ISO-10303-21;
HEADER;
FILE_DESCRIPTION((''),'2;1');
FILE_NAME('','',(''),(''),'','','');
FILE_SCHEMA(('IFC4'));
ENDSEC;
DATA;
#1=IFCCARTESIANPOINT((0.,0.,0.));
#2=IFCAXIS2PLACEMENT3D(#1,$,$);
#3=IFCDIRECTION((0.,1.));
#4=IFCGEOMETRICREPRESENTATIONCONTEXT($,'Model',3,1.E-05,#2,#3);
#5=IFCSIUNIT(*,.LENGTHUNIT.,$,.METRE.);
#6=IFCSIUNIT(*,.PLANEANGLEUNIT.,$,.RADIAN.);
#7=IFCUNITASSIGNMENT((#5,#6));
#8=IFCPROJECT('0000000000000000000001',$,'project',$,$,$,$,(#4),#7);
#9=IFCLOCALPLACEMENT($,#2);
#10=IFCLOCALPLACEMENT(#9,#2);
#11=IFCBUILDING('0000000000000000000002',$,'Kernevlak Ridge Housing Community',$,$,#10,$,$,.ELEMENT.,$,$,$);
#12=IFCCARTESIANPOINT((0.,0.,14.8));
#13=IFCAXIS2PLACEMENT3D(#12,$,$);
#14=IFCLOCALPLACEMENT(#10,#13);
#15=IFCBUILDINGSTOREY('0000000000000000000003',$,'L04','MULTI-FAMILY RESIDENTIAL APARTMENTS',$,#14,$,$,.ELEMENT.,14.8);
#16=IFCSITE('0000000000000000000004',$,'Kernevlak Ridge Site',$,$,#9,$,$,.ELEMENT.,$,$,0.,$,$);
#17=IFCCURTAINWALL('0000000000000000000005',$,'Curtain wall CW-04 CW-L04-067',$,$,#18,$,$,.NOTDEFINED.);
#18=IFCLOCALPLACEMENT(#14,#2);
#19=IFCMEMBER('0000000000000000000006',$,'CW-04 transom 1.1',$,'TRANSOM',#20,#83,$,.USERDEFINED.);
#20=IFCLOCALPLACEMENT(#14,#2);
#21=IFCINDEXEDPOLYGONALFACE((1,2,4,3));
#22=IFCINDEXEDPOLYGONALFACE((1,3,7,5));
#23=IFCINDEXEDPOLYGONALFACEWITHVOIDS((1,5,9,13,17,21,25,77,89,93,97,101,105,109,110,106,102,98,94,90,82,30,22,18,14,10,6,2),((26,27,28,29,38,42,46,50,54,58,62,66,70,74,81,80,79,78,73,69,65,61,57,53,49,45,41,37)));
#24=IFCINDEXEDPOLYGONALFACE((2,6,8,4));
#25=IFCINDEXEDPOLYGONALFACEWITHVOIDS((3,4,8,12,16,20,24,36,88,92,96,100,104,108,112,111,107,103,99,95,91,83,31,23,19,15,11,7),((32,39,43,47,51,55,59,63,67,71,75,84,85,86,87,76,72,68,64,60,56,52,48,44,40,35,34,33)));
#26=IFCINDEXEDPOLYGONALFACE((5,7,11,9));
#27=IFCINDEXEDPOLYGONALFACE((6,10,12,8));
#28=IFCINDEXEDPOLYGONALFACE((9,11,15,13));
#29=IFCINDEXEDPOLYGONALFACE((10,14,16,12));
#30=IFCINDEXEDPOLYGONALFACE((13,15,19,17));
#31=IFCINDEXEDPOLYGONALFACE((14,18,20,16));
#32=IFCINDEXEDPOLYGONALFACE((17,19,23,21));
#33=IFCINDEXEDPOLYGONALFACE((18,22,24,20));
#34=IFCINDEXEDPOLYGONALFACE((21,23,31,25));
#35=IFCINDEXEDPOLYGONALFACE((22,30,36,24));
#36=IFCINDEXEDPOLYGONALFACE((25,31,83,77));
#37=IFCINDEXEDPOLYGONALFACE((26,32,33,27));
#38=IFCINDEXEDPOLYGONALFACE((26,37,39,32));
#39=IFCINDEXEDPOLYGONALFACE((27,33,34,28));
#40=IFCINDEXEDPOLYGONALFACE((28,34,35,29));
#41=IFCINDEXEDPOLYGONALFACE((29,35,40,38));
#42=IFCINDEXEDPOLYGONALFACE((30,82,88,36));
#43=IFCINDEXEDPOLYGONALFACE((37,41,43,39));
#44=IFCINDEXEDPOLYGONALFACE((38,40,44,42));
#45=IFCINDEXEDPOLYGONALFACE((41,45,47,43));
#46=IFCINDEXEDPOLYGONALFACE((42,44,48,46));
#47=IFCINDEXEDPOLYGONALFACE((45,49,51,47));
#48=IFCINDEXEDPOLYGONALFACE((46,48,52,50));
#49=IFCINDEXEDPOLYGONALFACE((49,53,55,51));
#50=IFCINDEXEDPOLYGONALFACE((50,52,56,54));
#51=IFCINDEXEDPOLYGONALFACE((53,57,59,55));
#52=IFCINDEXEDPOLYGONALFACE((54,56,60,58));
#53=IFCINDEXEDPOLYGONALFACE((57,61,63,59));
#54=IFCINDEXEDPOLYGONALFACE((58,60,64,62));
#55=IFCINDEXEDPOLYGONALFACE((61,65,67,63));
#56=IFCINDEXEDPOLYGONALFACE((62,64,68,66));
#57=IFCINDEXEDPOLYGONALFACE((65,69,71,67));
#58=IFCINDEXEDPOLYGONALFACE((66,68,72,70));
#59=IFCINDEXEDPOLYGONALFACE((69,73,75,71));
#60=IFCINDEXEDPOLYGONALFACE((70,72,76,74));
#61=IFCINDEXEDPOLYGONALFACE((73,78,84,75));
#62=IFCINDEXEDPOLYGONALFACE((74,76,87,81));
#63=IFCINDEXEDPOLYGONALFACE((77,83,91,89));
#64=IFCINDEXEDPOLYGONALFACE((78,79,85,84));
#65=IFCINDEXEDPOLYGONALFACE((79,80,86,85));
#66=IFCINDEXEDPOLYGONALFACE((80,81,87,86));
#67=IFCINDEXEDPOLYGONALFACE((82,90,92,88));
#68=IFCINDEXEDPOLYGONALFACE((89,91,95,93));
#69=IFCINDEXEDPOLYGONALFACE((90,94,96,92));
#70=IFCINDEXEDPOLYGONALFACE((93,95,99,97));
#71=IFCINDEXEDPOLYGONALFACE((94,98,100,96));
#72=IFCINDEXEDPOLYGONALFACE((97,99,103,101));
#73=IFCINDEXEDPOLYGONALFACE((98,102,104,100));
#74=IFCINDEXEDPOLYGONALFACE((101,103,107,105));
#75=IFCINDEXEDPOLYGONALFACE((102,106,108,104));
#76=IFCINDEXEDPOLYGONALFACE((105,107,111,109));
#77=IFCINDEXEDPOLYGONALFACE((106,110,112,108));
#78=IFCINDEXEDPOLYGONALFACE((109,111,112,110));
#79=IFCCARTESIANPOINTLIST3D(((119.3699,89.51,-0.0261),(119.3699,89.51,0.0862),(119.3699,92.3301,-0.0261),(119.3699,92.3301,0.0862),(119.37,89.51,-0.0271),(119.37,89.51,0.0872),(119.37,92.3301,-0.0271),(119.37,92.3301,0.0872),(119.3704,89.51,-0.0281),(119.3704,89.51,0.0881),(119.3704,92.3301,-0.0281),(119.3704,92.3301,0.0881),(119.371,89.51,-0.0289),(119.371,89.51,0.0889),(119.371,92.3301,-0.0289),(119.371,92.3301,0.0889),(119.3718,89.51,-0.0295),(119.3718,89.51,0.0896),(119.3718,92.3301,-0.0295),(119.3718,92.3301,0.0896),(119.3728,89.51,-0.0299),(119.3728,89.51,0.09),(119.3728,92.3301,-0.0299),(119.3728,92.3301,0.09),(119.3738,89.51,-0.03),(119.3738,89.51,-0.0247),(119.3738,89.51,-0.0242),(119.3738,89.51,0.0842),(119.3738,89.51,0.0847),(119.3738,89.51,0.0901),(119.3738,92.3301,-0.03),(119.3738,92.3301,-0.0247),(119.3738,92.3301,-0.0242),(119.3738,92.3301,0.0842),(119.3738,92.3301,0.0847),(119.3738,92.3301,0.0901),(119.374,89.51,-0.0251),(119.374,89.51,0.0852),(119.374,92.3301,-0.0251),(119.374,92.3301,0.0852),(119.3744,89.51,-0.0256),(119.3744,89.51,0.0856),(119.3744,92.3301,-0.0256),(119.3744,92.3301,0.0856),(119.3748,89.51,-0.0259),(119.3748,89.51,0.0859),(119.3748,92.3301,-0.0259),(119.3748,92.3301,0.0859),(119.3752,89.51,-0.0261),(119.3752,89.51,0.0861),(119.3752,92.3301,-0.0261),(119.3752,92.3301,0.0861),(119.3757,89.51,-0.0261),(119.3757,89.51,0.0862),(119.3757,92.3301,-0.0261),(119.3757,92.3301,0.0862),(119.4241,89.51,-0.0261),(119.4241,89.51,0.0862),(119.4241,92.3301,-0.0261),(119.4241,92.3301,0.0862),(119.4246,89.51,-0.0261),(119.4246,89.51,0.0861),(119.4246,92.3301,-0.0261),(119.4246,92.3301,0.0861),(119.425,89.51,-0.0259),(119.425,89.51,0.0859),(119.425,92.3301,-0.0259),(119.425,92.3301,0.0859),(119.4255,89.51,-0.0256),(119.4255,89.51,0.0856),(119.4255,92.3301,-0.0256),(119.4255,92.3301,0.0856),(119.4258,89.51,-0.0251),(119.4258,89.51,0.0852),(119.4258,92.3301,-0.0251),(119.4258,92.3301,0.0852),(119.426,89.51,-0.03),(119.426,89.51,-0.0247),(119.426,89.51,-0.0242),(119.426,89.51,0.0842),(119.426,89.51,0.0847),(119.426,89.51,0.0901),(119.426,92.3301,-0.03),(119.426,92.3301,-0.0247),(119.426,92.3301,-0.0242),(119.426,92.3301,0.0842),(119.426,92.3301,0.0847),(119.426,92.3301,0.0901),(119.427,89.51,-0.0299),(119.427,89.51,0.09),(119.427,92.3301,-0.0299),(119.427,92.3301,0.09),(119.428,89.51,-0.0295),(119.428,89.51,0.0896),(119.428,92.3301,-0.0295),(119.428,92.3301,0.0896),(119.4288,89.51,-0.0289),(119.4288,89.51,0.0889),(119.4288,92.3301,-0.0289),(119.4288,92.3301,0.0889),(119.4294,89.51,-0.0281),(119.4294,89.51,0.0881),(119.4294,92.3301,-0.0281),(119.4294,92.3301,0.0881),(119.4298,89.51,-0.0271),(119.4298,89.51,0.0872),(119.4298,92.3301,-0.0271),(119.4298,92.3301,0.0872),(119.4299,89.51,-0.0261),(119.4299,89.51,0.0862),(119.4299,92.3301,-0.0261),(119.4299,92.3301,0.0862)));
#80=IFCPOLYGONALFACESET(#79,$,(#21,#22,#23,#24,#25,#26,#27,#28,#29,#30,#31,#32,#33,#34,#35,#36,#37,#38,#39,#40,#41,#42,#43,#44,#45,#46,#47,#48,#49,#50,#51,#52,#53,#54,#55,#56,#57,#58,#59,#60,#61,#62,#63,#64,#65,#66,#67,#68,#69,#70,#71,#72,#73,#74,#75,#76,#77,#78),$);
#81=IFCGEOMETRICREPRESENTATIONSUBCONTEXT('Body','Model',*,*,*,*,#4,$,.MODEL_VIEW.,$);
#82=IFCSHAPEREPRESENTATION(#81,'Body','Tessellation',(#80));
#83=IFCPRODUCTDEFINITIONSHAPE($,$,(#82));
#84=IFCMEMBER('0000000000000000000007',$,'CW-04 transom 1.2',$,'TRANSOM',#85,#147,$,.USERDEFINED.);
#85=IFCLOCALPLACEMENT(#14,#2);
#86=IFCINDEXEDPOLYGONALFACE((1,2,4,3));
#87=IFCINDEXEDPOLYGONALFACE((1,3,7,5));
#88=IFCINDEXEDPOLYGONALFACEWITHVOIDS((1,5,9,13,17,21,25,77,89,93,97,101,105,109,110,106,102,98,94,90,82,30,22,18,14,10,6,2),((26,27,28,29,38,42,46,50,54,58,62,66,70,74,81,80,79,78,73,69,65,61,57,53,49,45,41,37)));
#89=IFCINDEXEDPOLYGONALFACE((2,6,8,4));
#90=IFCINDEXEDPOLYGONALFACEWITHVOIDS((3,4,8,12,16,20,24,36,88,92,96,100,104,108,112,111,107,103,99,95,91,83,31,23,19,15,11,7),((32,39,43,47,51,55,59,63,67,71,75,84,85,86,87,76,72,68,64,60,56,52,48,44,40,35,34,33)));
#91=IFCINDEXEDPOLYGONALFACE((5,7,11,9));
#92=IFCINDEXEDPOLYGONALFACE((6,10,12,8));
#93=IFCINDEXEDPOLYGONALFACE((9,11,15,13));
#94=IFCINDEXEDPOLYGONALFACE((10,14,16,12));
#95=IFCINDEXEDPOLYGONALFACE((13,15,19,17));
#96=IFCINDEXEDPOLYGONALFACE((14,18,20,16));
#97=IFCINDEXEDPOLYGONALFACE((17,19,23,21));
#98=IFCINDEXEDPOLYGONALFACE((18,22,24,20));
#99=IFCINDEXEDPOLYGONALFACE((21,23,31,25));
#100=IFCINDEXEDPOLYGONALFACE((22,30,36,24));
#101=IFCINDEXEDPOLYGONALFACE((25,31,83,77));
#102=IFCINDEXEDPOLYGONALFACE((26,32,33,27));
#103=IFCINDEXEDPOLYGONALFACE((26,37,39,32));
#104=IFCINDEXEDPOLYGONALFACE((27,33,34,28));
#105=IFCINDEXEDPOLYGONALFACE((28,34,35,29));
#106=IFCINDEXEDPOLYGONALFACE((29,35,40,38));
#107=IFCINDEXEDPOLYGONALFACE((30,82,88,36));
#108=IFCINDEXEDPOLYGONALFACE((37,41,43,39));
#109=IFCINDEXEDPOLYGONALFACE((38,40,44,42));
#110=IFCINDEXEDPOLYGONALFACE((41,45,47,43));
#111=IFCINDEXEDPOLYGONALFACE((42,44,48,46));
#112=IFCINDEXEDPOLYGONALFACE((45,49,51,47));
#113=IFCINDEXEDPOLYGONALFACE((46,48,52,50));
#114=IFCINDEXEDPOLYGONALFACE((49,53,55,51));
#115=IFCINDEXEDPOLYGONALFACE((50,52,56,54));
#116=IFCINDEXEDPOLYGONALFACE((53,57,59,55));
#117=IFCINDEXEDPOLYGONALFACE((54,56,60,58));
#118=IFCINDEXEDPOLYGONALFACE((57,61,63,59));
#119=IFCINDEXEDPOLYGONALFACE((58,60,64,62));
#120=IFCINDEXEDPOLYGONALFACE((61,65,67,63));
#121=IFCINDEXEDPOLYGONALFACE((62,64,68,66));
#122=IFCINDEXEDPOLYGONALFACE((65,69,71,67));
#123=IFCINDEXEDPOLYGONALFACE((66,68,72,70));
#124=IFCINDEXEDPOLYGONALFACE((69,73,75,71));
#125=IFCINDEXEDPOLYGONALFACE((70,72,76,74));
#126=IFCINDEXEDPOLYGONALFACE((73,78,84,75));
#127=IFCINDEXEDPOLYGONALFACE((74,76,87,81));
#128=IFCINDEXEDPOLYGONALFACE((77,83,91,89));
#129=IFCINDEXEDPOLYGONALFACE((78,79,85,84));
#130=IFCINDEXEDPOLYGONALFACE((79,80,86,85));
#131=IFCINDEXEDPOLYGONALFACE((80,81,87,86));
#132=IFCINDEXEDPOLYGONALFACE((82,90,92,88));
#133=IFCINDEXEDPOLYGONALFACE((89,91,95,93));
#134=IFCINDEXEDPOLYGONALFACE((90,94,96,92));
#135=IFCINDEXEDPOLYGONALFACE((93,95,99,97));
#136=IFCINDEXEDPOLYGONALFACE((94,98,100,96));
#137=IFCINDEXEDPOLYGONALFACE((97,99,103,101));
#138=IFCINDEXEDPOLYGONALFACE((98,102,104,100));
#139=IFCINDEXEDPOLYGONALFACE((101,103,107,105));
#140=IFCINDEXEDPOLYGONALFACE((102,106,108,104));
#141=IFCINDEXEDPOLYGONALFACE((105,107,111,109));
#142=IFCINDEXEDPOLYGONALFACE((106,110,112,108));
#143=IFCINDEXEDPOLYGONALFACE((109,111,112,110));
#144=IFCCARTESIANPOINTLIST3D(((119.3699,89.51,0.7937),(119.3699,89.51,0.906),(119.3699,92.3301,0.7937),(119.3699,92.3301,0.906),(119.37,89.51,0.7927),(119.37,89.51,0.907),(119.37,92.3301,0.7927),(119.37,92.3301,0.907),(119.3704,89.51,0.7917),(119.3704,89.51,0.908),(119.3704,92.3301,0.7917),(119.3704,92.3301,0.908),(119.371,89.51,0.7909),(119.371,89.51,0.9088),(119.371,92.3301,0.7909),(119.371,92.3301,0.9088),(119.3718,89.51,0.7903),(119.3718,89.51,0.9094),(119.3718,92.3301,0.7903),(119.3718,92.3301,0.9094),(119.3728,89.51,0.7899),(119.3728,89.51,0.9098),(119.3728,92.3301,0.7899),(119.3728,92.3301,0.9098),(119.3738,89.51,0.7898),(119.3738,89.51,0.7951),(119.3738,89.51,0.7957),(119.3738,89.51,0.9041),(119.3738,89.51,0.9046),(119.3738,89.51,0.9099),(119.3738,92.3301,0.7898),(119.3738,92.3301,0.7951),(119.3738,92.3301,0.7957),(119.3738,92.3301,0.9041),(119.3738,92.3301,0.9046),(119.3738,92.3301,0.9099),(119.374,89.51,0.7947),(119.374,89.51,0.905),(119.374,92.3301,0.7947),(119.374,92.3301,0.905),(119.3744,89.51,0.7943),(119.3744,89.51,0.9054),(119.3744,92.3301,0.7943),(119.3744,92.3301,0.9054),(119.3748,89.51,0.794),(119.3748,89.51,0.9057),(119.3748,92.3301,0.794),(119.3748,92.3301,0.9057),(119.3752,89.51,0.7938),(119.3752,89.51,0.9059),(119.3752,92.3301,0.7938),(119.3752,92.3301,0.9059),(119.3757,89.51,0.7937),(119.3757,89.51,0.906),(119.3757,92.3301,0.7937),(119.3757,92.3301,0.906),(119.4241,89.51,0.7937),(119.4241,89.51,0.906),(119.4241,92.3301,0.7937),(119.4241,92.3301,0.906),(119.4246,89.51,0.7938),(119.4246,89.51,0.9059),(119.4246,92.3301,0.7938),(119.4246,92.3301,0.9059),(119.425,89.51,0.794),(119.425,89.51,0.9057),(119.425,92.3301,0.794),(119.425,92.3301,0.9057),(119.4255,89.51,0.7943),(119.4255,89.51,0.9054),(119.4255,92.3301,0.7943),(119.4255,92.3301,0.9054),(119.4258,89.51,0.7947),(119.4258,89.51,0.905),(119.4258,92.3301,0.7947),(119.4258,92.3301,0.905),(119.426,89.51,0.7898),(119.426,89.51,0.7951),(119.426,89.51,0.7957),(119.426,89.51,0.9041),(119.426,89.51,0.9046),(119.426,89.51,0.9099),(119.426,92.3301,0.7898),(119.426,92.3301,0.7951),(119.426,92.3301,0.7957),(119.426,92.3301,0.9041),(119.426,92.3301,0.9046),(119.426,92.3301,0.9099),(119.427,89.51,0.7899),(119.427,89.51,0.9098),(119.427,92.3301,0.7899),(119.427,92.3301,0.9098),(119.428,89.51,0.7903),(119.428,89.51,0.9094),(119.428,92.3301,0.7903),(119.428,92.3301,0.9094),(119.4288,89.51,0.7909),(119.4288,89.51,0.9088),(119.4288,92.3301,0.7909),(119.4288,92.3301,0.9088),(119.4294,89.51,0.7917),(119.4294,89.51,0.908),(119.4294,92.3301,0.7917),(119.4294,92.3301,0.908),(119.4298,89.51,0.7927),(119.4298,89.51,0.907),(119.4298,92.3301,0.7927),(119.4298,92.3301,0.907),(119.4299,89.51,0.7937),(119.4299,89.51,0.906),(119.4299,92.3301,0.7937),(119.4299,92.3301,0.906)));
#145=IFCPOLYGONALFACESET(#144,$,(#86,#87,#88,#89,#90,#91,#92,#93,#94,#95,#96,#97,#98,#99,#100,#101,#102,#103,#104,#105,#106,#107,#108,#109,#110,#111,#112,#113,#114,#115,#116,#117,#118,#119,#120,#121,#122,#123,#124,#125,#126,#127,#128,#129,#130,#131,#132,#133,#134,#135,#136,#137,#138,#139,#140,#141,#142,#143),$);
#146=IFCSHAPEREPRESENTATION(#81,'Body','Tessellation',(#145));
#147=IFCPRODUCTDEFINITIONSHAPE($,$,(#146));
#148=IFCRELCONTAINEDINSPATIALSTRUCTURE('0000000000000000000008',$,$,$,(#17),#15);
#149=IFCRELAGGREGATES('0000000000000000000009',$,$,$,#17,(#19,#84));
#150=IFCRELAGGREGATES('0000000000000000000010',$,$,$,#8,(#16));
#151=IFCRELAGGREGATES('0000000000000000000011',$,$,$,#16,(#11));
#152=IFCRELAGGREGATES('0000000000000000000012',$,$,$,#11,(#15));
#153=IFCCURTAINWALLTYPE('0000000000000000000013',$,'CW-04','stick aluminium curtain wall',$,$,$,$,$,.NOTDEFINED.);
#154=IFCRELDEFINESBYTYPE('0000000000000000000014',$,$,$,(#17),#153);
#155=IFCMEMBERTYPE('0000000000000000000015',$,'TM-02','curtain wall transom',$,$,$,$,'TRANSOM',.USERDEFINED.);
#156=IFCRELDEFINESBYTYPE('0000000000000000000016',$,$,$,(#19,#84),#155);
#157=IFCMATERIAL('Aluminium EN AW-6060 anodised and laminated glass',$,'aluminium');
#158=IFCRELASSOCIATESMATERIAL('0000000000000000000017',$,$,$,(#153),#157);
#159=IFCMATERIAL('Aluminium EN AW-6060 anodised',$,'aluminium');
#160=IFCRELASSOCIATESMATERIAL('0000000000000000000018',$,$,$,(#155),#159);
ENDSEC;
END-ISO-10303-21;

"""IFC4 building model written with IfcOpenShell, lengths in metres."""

from ifc_helpers import new_model, si_unit, direction, frame, origin, origin_2d, place, context, subcontext, project, spatial, hollow_rectangle, extrude, material, material_profile, profile_set, type_object, element, aggregate, save


model = new_model("IFC4")

# Units and contexts
model_context = context("Model", 3, precision=1e-05, world=origin(), true_north=direction((0.0, 1.0)))
body_context = subcontext(model_context, "Body", "Model", "MODEL_VIEW")
ifc_project = project(units=[si_unit("LENGTHUNIT", "METRE"), si_unit("PLANEANGLEUNIT", "RADIAN")], contexts=[model_context])

# Site, building, storey
site_placement = place(None, origin())
site = spatial("IfcSite", under=ifc_project, at=site_placement, Name="Kernevlak Ridge Site", CompositionType="ELEMENT", RefElevation=0.0)
building_placement = place(site_placement, origin())
building = spatial("IfcBuilding", under=site, at=building_placement, Name="Kernevlak Ridge Housing Community", CompositionType="ELEMENT")
storey_placement = place(building_placement, frame((0.0, 0.0, 14.8)))
storey = spatial("IfcBuildingStorey", under=building, at=storey_placement, Name="L04", Description="MULTI-FAMILY RESIDENTIAL APARTMENTS", CompositionType="ELEMENT", Elevation=14.8)

# Curtain wall
ifc_material_1 = material(Name="Aluminium EN AW-6060 anodised and laminated glass", Category="aluminium")
curtain_wall_type_1 = type_object("IfcCurtainWallType", Name="CW-04", Description="stick aluminium curtain wall", PredefinedType="NOTDEFINED", material=ifc_material_1)
curtain_wall_1_placement = place(storey_placement, origin())
curtain_wall_1 = element("IfcCurtainWall", 1, at=curtain_wall_1_placement, inside=storey, type_object=curtain_wall_type_1, Name="Curtain wall CW-04 CW-L04-067", PredefinedType="NOTDEFINED")
ifc_material_2 = material(Name="Aluminium EN AW-6060 anodised", Category="aluminium")

# Members
ifc_material_profile_1 = material_profile(ifc_material_2, hollow_rectangle(XDim=0.0601, YDim=0.1201, WallThickness=0.0039, InnerFilletRadius=0.002, OuterFilletRadius=0.0039, at=origin_2d()), Name="ALU 60x120x4")
ifc_profile_set_1 = profile_set([ifc_material_profile_1], Name="Aluminium EN AW-6060 anodised")
member_type_1 = type_object("IfcMemberType", Name="TM-02", Description="curtain wall transom", ElementType="TRANSOM", PredefinedType="USERDEFINED", material=ifc_profile_set_1)
member_1_placement = place(storey_placement, frame((119.3999, 89.51, 0.03), z_axis=(0.0, 1.0, 0.0), x_axis=(-1.0, 0.0, 0.0)))
member_1 = element("IfcMember", 2, at=member_1_placement, type_object=member_type_1, Name="CW-04 transom 1.1", ObjectType="TRANSOM", PredefinedType="USERDEFINED", context=body_context, shape_type="SweptSolid", body=[
    extrude(hollow_rectangle(XDim=0.0601, YDim=0.1201, WallThickness=0.0039, InnerFilletRadius=0.002, OuterFilletRadius=0.0039, at=origin_2d()), origin(), (0.0, 0.0, 1.0), 2.8201),
])
member_2_placement = place(storey_placement, frame((119.3999, 89.51, 0.8499), z_axis=(0.0, 1.0, 0.0), x_axis=(-1.0, 0.0, 0.0)))
member_2 = element("IfcMember", 3, at=member_2_placement, type_object=member_type_1, Name="CW-04 transom 1.2", ObjectType="TRANSOM", PredefinedType="USERDEFINED", context=body_context, shape_type="SweptSolid", body=[
    extrude(hollow_rectangle(XDim=0.0601, YDim=0.1201, WallThickness=0.0039, InnerFilletRadius=0.002, OuterFilletRadius=0.0039, at=origin_2d()), origin(), (0.0, 0.0, 1.0), 2.8201),
])

aggregate(curtain_wall_1, [member_1, member_2])

save(model, "model.ifc")
